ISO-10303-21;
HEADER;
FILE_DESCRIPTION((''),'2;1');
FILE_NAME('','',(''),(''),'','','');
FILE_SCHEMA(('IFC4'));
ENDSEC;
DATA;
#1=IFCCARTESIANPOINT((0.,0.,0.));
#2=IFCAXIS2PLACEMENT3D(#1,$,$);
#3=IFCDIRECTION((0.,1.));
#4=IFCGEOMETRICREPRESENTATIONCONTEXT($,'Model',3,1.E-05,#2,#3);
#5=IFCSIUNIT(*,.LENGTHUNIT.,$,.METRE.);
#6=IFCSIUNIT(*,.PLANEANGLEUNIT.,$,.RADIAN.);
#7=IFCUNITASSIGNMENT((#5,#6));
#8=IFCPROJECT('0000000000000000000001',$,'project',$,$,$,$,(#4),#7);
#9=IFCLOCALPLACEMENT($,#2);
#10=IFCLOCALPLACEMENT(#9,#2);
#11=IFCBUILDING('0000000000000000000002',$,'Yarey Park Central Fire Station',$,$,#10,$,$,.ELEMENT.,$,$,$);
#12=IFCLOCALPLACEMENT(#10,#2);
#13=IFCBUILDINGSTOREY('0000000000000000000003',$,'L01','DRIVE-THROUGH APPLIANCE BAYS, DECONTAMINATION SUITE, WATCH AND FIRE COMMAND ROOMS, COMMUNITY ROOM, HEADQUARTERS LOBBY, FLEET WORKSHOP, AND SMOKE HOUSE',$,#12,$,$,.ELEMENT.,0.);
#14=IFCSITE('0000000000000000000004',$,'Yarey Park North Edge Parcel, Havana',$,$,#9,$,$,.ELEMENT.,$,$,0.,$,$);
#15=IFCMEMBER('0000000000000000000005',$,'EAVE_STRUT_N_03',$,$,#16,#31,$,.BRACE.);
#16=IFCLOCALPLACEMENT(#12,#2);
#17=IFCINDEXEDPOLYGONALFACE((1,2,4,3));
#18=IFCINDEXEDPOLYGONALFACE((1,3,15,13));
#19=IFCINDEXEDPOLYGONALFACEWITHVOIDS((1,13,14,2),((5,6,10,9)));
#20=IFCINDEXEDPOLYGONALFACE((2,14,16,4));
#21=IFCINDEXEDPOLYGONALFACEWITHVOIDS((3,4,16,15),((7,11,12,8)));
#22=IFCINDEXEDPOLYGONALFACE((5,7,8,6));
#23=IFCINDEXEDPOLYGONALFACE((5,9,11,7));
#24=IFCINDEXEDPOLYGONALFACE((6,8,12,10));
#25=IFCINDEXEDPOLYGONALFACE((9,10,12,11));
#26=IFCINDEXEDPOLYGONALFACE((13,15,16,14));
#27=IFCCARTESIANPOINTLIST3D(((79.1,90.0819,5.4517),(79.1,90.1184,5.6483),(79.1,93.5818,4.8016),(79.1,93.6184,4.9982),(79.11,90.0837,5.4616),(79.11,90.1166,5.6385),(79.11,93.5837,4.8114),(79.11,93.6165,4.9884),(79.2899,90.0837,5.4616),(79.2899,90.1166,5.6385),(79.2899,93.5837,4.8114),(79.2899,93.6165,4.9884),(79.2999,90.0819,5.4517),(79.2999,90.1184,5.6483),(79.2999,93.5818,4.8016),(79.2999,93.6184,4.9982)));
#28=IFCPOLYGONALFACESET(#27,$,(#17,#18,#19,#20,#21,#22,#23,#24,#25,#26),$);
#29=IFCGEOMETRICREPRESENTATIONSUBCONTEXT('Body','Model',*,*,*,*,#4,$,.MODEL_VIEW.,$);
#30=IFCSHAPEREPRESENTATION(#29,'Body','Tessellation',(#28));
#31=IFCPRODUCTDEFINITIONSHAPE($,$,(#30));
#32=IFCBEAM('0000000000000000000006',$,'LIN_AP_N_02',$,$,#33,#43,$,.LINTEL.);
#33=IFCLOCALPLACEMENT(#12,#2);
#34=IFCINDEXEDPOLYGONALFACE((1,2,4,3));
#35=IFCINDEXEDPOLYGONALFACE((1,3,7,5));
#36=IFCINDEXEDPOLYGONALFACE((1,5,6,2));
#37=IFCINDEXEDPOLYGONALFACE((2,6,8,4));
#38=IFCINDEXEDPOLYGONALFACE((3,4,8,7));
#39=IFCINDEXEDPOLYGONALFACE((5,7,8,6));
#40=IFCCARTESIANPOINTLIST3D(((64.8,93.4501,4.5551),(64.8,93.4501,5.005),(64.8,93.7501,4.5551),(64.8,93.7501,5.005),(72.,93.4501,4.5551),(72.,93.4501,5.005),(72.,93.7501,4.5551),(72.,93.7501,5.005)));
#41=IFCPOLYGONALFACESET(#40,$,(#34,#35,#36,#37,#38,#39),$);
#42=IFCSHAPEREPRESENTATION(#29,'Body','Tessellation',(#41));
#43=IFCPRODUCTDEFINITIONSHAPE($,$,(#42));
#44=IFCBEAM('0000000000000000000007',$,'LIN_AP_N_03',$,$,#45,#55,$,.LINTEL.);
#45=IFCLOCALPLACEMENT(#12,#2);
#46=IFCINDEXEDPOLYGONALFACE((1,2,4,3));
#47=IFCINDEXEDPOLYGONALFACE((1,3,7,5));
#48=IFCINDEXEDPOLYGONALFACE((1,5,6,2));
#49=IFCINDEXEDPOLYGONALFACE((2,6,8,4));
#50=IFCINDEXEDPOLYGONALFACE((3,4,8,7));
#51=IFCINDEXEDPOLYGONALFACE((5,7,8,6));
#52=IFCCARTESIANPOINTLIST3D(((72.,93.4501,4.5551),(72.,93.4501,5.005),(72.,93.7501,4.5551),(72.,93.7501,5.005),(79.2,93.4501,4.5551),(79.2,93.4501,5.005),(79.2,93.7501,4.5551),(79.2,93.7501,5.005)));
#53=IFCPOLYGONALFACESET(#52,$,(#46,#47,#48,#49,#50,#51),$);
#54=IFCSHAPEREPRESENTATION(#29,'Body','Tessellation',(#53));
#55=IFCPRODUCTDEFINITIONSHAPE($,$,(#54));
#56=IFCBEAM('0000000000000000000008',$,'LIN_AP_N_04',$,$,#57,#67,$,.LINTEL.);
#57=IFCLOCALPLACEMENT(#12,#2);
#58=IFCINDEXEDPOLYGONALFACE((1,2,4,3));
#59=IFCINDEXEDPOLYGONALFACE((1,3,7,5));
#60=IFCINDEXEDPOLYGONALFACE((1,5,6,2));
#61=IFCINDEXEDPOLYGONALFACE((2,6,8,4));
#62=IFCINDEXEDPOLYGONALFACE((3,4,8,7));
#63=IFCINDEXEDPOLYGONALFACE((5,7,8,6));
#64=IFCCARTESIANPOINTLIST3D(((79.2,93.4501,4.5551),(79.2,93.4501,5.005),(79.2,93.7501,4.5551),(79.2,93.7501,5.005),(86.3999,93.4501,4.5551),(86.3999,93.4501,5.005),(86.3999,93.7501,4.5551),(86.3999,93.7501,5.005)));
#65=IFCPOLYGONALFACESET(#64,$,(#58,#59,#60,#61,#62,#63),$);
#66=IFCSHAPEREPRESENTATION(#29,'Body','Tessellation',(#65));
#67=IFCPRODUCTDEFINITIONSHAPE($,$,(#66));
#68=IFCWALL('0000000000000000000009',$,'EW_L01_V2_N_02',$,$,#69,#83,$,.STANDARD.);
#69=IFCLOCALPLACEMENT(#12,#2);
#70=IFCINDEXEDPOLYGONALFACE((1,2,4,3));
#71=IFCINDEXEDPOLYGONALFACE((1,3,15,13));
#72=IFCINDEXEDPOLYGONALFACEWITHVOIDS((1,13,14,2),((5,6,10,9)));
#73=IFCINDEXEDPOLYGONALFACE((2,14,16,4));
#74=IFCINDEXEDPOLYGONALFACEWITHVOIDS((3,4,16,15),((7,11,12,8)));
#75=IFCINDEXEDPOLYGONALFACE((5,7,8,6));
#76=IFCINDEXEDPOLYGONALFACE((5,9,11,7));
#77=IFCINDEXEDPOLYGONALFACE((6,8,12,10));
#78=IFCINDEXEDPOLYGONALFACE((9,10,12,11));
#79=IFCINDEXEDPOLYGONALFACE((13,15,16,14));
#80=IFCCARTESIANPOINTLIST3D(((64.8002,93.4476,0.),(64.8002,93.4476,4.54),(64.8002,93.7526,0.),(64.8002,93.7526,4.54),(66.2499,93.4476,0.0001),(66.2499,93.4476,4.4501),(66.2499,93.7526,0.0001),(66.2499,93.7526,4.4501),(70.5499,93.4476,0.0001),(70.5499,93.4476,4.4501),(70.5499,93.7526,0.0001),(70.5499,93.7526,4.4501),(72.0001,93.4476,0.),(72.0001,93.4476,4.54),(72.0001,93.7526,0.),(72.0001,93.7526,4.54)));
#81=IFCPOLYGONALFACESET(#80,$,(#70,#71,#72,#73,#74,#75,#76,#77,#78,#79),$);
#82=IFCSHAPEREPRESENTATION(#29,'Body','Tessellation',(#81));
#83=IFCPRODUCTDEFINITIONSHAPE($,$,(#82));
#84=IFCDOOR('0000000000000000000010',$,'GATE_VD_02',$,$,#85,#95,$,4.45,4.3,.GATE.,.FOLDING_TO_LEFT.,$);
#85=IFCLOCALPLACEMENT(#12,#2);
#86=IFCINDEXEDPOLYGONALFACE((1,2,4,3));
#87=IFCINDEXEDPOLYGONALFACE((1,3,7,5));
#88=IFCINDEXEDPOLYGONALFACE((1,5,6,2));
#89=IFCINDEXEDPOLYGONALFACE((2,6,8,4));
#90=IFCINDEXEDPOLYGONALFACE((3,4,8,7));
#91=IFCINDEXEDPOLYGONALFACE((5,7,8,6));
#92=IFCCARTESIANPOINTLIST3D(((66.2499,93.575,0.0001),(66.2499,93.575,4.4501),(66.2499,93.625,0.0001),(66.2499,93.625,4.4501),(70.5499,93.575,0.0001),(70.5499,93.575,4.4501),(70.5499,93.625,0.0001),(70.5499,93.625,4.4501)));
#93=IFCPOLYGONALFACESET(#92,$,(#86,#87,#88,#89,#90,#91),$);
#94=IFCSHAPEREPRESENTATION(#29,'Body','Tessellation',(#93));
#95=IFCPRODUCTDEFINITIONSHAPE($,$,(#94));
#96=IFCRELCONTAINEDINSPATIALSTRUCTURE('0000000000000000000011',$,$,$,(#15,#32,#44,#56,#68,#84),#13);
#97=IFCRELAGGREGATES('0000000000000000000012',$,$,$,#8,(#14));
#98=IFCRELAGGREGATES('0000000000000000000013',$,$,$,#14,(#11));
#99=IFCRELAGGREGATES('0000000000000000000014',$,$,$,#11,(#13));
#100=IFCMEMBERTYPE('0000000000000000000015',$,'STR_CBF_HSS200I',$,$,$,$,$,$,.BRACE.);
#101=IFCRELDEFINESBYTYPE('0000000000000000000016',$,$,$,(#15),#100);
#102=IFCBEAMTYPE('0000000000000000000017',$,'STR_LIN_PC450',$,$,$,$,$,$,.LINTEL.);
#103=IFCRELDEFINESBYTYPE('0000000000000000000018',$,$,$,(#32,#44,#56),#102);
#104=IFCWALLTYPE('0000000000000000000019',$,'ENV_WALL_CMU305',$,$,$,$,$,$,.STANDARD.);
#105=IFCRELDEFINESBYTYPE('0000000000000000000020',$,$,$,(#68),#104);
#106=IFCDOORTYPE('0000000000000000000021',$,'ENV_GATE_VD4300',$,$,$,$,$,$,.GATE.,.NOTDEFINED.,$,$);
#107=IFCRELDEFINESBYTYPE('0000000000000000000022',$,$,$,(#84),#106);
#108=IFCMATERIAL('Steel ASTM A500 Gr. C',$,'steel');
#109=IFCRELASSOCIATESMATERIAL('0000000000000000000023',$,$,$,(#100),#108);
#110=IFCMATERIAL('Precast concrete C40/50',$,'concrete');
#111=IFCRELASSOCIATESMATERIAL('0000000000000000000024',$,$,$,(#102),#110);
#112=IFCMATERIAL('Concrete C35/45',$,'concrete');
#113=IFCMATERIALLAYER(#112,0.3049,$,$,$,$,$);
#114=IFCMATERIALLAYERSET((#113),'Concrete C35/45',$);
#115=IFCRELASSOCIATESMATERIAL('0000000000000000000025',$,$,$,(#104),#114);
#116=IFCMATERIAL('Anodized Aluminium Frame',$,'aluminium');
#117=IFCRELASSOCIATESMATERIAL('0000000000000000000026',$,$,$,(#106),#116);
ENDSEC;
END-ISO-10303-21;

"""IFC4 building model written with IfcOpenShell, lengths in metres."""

from ifc_helpers import new_model, si_unit, direction, frame, frame_2d, origin, origin_2d, place, context, subcontext, project, spatial, rectangle, hollow_rectangle, extrude, material, layer, layer_set, material_profile, profile_set, type_object, element, fill, save


model = new_model("IFC4")

# Units and contexts
model_context = context("Model", 3, precision=1e-05, world=origin(), true_north=direction((0.0, 1.0)))
body_context = subcontext(model_context, "Body", "Model", "MODEL_VIEW")
ifc_project = project(units=[si_unit("LENGTHUNIT", "METRE"), si_unit("PLANEANGLEUNIT", "RADIAN")], contexts=[model_context])

# Site, building, storey
site_placement = place(None, origin())
site = spatial("IfcSite", under=ifc_project, at=site_placement, Name="Yarey Park North Edge Parcel, Havana", CompositionType="ELEMENT", RefElevation=0.0)
building_placement = place(site_placement, origin())
building = spatial("IfcBuilding", under=site, at=building_placement, Name="Yarey Park Central Fire Station", CompositionType="ELEMENT")
storey_placement = place(building_placement, origin())
storey = spatial("IfcBuildingStorey", under=building, at=storey_placement, Name="L01", Description="DRIVE-THROUGH APPLIANCE BAYS, DECONTAMINATION SUITE, WATCH AND FIRE COMMAND ROOMS, COMMUNITY ROOM, HEADQUARTERS LOBBY, FLEET WORKSHOP, AND SMOKE HOUSE", CompositionType="ELEMENT", Elevation=0.0)

# Shared definitions
ifc_material_1 = material(Name="Concrete C35/45", Category="concrete")

# Member
ifc_material_2 = material(Name="Steel ASTM A500 Gr. C", Category="steel")
ifc_material_profile_1 = material_profile(ifc_material_2, hollow_rectangle(XDim=0.2, YDim=0.2, WallThickness=0.01, at=origin_2d()), Name="HSS 200x200x10")
ifc_profile_set_1 = profile_set([ifc_material_profile_1], Name="Steel ASTM A500 Gr. C")
member_type = type_object("IfcMemberType", Name="STR_CBF_HSS200I", PredefinedType="BRACE", material=ifc_profile_set_1)
for number, where, z_axis, x_axis, name in (
    (1, (79.2, 93.6001, 4.8999), (0.0, -0.983181, 0.182632), (1.0, 0.0, 0.0), "EAVE_STRUT_N_03"),
):
    element("IfcMember", number, at=place(storey_placement, frame(where, z_axis=z_axis, x_axis=x_axis)), inside=storey, type_object=member_type, Name=name, PredefinedType="BRACE", context=body_context, shape_type="SweptSolid", body=[
        extrude(hollow_rectangle(XDim=0.2, YDim=0.2, WallThickness=0.01, at=origin_2d()), origin(), (0.0, 0.0, 1.0), 3.5598),
    ])

# Beams
ifc_material_3 = material(Name="Precast concrete C40/50", Category="concrete")
ifc_material_profile_2 = material_profile(ifc_material_3, rectangle(XDim=0.3, YDim=0.45, at=origin_2d()), Name="PC 300x450")
ifc_profile_set_2 = profile_set([ifc_material_profile_2], Name="Precast concrete C40/50")
beam_type = type_object("IfcBeamType", Name="STR_LIN_PC450", PredefinedType="LINTEL", material=ifc_profile_set_2)
for number, where, z_axis, x_axis, name in (
    (2, (64.8, 93.6001, 4.78), (1.0, 0.0, 0.0), (0.0, 1.0, 0.0), "LIN_AP_N_02"),
    (3, (72.0, 93.6001, 4.78), (1.0, 0.0, 0.0), (0.0, 1.0, 0.0), "LIN_AP_N_03"),
    (4, (79.2, 93.6001, 4.78), (1.0, 0.0, 0.0), (0.0, 1.0, 0.0), "LIN_AP_N_04"),
):
    element("IfcBeam", number, at=place(storey_placement, frame(where, z_axis=z_axis, x_axis=x_axis)), inside=storey, type_object=beam_type, Name=name, PredefinedType="LINTEL", context=body_context, shape_type="SweptSolid", body=[
        extrude(rectangle(XDim=0.3, YDim=0.45, at=origin_2d()), origin(), (0.0, 0.0, 1.0), 7.2),
    ])

# Wall, opening, door
ifc_layer = layer(ifc_material_1, 0.3049)
ifc_layer_set = layer_set([ifc_layer], Name="Concrete C35/45")
wall_type = type_object("IfcWallType", Name="ENV_WALL_CMU305", PredefinedType="STANDARD", material=ifc_layer_set)
wall_1_placement = place(storey_placement, frame((64.8, 93.6001, 0.0), z_axis=(0.0, 0.0, 1.0), x_axis=(1.0, 0.0, 0.0)))
wall_1 = element("IfcWall", 5, at=wall_1_placement, inside=storey, type_object=wall_type, Name="EW_L01_V2_N_02", PredefinedType="STANDARD", context=body_context, shape_type="SweptSolid", body=[
    extrude(rectangle(XDim=7.2, YDim=0.3049, at=frame_2d((3.6001, 0.0))), origin(), (0.0, 0.0, 1.0), 4.54),
])
opening_1_placement = place(wall_1_placement, frame((1.45, 0.0, 0.0)))
opening_1 = element("IfcOpeningElement", 6, at=opening_1_placement, cuts=wall_1, PredefinedType="OPENING", context=body_context, shape_type="SweptSolid", body=[
    extrude(rectangle(XDim=4.3, YDim=4.45, at=frame_2d((2.1499, 2.2251))), frame((0.0, 0.1624, 0.0), z_axis=(0.0, -1.0, 0.0), x_axis=(1.0, 0.0, 0.0)), (0.0, 0.0, 1.0), 0.325),
])
ifc_material_4 = material(Name="Anodized Aluminium Frame", Category="aluminium")
door_type_1 = type_object("IfcDoorType", Name="ENV_GATE_VD4300", OperationType="NOTDEFINED", PredefinedType="GATE", material=ifc_material_4)
door_1_placement = place(opening_1_placement, origin())
door_1 = element("IfcDoor", 7, at=door_1_placement, inside=storey, type_object=door_type_1, Name="GATE_VD_02", OperationType="FOLDING_TO_LEFT", OverallHeight=4.45, OverallWidth=4.3, PredefinedType="GATE", context=body_context, shape_type="SweptSolid", body=[
    extrude(rectangle(XDim=4.3, YDim=4.45, at=frame_2d((2.1499, 2.2251))), frame((0.0, 0.0249, 0.0), z_axis=(0.0, -1.0, 0.0), x_axis=(1.0, 0.0, 0.0)), (0.0, 0.0, 1.0), 0.05),
])
fill(opening_1, door_1)

save(model, "model.ifc")
